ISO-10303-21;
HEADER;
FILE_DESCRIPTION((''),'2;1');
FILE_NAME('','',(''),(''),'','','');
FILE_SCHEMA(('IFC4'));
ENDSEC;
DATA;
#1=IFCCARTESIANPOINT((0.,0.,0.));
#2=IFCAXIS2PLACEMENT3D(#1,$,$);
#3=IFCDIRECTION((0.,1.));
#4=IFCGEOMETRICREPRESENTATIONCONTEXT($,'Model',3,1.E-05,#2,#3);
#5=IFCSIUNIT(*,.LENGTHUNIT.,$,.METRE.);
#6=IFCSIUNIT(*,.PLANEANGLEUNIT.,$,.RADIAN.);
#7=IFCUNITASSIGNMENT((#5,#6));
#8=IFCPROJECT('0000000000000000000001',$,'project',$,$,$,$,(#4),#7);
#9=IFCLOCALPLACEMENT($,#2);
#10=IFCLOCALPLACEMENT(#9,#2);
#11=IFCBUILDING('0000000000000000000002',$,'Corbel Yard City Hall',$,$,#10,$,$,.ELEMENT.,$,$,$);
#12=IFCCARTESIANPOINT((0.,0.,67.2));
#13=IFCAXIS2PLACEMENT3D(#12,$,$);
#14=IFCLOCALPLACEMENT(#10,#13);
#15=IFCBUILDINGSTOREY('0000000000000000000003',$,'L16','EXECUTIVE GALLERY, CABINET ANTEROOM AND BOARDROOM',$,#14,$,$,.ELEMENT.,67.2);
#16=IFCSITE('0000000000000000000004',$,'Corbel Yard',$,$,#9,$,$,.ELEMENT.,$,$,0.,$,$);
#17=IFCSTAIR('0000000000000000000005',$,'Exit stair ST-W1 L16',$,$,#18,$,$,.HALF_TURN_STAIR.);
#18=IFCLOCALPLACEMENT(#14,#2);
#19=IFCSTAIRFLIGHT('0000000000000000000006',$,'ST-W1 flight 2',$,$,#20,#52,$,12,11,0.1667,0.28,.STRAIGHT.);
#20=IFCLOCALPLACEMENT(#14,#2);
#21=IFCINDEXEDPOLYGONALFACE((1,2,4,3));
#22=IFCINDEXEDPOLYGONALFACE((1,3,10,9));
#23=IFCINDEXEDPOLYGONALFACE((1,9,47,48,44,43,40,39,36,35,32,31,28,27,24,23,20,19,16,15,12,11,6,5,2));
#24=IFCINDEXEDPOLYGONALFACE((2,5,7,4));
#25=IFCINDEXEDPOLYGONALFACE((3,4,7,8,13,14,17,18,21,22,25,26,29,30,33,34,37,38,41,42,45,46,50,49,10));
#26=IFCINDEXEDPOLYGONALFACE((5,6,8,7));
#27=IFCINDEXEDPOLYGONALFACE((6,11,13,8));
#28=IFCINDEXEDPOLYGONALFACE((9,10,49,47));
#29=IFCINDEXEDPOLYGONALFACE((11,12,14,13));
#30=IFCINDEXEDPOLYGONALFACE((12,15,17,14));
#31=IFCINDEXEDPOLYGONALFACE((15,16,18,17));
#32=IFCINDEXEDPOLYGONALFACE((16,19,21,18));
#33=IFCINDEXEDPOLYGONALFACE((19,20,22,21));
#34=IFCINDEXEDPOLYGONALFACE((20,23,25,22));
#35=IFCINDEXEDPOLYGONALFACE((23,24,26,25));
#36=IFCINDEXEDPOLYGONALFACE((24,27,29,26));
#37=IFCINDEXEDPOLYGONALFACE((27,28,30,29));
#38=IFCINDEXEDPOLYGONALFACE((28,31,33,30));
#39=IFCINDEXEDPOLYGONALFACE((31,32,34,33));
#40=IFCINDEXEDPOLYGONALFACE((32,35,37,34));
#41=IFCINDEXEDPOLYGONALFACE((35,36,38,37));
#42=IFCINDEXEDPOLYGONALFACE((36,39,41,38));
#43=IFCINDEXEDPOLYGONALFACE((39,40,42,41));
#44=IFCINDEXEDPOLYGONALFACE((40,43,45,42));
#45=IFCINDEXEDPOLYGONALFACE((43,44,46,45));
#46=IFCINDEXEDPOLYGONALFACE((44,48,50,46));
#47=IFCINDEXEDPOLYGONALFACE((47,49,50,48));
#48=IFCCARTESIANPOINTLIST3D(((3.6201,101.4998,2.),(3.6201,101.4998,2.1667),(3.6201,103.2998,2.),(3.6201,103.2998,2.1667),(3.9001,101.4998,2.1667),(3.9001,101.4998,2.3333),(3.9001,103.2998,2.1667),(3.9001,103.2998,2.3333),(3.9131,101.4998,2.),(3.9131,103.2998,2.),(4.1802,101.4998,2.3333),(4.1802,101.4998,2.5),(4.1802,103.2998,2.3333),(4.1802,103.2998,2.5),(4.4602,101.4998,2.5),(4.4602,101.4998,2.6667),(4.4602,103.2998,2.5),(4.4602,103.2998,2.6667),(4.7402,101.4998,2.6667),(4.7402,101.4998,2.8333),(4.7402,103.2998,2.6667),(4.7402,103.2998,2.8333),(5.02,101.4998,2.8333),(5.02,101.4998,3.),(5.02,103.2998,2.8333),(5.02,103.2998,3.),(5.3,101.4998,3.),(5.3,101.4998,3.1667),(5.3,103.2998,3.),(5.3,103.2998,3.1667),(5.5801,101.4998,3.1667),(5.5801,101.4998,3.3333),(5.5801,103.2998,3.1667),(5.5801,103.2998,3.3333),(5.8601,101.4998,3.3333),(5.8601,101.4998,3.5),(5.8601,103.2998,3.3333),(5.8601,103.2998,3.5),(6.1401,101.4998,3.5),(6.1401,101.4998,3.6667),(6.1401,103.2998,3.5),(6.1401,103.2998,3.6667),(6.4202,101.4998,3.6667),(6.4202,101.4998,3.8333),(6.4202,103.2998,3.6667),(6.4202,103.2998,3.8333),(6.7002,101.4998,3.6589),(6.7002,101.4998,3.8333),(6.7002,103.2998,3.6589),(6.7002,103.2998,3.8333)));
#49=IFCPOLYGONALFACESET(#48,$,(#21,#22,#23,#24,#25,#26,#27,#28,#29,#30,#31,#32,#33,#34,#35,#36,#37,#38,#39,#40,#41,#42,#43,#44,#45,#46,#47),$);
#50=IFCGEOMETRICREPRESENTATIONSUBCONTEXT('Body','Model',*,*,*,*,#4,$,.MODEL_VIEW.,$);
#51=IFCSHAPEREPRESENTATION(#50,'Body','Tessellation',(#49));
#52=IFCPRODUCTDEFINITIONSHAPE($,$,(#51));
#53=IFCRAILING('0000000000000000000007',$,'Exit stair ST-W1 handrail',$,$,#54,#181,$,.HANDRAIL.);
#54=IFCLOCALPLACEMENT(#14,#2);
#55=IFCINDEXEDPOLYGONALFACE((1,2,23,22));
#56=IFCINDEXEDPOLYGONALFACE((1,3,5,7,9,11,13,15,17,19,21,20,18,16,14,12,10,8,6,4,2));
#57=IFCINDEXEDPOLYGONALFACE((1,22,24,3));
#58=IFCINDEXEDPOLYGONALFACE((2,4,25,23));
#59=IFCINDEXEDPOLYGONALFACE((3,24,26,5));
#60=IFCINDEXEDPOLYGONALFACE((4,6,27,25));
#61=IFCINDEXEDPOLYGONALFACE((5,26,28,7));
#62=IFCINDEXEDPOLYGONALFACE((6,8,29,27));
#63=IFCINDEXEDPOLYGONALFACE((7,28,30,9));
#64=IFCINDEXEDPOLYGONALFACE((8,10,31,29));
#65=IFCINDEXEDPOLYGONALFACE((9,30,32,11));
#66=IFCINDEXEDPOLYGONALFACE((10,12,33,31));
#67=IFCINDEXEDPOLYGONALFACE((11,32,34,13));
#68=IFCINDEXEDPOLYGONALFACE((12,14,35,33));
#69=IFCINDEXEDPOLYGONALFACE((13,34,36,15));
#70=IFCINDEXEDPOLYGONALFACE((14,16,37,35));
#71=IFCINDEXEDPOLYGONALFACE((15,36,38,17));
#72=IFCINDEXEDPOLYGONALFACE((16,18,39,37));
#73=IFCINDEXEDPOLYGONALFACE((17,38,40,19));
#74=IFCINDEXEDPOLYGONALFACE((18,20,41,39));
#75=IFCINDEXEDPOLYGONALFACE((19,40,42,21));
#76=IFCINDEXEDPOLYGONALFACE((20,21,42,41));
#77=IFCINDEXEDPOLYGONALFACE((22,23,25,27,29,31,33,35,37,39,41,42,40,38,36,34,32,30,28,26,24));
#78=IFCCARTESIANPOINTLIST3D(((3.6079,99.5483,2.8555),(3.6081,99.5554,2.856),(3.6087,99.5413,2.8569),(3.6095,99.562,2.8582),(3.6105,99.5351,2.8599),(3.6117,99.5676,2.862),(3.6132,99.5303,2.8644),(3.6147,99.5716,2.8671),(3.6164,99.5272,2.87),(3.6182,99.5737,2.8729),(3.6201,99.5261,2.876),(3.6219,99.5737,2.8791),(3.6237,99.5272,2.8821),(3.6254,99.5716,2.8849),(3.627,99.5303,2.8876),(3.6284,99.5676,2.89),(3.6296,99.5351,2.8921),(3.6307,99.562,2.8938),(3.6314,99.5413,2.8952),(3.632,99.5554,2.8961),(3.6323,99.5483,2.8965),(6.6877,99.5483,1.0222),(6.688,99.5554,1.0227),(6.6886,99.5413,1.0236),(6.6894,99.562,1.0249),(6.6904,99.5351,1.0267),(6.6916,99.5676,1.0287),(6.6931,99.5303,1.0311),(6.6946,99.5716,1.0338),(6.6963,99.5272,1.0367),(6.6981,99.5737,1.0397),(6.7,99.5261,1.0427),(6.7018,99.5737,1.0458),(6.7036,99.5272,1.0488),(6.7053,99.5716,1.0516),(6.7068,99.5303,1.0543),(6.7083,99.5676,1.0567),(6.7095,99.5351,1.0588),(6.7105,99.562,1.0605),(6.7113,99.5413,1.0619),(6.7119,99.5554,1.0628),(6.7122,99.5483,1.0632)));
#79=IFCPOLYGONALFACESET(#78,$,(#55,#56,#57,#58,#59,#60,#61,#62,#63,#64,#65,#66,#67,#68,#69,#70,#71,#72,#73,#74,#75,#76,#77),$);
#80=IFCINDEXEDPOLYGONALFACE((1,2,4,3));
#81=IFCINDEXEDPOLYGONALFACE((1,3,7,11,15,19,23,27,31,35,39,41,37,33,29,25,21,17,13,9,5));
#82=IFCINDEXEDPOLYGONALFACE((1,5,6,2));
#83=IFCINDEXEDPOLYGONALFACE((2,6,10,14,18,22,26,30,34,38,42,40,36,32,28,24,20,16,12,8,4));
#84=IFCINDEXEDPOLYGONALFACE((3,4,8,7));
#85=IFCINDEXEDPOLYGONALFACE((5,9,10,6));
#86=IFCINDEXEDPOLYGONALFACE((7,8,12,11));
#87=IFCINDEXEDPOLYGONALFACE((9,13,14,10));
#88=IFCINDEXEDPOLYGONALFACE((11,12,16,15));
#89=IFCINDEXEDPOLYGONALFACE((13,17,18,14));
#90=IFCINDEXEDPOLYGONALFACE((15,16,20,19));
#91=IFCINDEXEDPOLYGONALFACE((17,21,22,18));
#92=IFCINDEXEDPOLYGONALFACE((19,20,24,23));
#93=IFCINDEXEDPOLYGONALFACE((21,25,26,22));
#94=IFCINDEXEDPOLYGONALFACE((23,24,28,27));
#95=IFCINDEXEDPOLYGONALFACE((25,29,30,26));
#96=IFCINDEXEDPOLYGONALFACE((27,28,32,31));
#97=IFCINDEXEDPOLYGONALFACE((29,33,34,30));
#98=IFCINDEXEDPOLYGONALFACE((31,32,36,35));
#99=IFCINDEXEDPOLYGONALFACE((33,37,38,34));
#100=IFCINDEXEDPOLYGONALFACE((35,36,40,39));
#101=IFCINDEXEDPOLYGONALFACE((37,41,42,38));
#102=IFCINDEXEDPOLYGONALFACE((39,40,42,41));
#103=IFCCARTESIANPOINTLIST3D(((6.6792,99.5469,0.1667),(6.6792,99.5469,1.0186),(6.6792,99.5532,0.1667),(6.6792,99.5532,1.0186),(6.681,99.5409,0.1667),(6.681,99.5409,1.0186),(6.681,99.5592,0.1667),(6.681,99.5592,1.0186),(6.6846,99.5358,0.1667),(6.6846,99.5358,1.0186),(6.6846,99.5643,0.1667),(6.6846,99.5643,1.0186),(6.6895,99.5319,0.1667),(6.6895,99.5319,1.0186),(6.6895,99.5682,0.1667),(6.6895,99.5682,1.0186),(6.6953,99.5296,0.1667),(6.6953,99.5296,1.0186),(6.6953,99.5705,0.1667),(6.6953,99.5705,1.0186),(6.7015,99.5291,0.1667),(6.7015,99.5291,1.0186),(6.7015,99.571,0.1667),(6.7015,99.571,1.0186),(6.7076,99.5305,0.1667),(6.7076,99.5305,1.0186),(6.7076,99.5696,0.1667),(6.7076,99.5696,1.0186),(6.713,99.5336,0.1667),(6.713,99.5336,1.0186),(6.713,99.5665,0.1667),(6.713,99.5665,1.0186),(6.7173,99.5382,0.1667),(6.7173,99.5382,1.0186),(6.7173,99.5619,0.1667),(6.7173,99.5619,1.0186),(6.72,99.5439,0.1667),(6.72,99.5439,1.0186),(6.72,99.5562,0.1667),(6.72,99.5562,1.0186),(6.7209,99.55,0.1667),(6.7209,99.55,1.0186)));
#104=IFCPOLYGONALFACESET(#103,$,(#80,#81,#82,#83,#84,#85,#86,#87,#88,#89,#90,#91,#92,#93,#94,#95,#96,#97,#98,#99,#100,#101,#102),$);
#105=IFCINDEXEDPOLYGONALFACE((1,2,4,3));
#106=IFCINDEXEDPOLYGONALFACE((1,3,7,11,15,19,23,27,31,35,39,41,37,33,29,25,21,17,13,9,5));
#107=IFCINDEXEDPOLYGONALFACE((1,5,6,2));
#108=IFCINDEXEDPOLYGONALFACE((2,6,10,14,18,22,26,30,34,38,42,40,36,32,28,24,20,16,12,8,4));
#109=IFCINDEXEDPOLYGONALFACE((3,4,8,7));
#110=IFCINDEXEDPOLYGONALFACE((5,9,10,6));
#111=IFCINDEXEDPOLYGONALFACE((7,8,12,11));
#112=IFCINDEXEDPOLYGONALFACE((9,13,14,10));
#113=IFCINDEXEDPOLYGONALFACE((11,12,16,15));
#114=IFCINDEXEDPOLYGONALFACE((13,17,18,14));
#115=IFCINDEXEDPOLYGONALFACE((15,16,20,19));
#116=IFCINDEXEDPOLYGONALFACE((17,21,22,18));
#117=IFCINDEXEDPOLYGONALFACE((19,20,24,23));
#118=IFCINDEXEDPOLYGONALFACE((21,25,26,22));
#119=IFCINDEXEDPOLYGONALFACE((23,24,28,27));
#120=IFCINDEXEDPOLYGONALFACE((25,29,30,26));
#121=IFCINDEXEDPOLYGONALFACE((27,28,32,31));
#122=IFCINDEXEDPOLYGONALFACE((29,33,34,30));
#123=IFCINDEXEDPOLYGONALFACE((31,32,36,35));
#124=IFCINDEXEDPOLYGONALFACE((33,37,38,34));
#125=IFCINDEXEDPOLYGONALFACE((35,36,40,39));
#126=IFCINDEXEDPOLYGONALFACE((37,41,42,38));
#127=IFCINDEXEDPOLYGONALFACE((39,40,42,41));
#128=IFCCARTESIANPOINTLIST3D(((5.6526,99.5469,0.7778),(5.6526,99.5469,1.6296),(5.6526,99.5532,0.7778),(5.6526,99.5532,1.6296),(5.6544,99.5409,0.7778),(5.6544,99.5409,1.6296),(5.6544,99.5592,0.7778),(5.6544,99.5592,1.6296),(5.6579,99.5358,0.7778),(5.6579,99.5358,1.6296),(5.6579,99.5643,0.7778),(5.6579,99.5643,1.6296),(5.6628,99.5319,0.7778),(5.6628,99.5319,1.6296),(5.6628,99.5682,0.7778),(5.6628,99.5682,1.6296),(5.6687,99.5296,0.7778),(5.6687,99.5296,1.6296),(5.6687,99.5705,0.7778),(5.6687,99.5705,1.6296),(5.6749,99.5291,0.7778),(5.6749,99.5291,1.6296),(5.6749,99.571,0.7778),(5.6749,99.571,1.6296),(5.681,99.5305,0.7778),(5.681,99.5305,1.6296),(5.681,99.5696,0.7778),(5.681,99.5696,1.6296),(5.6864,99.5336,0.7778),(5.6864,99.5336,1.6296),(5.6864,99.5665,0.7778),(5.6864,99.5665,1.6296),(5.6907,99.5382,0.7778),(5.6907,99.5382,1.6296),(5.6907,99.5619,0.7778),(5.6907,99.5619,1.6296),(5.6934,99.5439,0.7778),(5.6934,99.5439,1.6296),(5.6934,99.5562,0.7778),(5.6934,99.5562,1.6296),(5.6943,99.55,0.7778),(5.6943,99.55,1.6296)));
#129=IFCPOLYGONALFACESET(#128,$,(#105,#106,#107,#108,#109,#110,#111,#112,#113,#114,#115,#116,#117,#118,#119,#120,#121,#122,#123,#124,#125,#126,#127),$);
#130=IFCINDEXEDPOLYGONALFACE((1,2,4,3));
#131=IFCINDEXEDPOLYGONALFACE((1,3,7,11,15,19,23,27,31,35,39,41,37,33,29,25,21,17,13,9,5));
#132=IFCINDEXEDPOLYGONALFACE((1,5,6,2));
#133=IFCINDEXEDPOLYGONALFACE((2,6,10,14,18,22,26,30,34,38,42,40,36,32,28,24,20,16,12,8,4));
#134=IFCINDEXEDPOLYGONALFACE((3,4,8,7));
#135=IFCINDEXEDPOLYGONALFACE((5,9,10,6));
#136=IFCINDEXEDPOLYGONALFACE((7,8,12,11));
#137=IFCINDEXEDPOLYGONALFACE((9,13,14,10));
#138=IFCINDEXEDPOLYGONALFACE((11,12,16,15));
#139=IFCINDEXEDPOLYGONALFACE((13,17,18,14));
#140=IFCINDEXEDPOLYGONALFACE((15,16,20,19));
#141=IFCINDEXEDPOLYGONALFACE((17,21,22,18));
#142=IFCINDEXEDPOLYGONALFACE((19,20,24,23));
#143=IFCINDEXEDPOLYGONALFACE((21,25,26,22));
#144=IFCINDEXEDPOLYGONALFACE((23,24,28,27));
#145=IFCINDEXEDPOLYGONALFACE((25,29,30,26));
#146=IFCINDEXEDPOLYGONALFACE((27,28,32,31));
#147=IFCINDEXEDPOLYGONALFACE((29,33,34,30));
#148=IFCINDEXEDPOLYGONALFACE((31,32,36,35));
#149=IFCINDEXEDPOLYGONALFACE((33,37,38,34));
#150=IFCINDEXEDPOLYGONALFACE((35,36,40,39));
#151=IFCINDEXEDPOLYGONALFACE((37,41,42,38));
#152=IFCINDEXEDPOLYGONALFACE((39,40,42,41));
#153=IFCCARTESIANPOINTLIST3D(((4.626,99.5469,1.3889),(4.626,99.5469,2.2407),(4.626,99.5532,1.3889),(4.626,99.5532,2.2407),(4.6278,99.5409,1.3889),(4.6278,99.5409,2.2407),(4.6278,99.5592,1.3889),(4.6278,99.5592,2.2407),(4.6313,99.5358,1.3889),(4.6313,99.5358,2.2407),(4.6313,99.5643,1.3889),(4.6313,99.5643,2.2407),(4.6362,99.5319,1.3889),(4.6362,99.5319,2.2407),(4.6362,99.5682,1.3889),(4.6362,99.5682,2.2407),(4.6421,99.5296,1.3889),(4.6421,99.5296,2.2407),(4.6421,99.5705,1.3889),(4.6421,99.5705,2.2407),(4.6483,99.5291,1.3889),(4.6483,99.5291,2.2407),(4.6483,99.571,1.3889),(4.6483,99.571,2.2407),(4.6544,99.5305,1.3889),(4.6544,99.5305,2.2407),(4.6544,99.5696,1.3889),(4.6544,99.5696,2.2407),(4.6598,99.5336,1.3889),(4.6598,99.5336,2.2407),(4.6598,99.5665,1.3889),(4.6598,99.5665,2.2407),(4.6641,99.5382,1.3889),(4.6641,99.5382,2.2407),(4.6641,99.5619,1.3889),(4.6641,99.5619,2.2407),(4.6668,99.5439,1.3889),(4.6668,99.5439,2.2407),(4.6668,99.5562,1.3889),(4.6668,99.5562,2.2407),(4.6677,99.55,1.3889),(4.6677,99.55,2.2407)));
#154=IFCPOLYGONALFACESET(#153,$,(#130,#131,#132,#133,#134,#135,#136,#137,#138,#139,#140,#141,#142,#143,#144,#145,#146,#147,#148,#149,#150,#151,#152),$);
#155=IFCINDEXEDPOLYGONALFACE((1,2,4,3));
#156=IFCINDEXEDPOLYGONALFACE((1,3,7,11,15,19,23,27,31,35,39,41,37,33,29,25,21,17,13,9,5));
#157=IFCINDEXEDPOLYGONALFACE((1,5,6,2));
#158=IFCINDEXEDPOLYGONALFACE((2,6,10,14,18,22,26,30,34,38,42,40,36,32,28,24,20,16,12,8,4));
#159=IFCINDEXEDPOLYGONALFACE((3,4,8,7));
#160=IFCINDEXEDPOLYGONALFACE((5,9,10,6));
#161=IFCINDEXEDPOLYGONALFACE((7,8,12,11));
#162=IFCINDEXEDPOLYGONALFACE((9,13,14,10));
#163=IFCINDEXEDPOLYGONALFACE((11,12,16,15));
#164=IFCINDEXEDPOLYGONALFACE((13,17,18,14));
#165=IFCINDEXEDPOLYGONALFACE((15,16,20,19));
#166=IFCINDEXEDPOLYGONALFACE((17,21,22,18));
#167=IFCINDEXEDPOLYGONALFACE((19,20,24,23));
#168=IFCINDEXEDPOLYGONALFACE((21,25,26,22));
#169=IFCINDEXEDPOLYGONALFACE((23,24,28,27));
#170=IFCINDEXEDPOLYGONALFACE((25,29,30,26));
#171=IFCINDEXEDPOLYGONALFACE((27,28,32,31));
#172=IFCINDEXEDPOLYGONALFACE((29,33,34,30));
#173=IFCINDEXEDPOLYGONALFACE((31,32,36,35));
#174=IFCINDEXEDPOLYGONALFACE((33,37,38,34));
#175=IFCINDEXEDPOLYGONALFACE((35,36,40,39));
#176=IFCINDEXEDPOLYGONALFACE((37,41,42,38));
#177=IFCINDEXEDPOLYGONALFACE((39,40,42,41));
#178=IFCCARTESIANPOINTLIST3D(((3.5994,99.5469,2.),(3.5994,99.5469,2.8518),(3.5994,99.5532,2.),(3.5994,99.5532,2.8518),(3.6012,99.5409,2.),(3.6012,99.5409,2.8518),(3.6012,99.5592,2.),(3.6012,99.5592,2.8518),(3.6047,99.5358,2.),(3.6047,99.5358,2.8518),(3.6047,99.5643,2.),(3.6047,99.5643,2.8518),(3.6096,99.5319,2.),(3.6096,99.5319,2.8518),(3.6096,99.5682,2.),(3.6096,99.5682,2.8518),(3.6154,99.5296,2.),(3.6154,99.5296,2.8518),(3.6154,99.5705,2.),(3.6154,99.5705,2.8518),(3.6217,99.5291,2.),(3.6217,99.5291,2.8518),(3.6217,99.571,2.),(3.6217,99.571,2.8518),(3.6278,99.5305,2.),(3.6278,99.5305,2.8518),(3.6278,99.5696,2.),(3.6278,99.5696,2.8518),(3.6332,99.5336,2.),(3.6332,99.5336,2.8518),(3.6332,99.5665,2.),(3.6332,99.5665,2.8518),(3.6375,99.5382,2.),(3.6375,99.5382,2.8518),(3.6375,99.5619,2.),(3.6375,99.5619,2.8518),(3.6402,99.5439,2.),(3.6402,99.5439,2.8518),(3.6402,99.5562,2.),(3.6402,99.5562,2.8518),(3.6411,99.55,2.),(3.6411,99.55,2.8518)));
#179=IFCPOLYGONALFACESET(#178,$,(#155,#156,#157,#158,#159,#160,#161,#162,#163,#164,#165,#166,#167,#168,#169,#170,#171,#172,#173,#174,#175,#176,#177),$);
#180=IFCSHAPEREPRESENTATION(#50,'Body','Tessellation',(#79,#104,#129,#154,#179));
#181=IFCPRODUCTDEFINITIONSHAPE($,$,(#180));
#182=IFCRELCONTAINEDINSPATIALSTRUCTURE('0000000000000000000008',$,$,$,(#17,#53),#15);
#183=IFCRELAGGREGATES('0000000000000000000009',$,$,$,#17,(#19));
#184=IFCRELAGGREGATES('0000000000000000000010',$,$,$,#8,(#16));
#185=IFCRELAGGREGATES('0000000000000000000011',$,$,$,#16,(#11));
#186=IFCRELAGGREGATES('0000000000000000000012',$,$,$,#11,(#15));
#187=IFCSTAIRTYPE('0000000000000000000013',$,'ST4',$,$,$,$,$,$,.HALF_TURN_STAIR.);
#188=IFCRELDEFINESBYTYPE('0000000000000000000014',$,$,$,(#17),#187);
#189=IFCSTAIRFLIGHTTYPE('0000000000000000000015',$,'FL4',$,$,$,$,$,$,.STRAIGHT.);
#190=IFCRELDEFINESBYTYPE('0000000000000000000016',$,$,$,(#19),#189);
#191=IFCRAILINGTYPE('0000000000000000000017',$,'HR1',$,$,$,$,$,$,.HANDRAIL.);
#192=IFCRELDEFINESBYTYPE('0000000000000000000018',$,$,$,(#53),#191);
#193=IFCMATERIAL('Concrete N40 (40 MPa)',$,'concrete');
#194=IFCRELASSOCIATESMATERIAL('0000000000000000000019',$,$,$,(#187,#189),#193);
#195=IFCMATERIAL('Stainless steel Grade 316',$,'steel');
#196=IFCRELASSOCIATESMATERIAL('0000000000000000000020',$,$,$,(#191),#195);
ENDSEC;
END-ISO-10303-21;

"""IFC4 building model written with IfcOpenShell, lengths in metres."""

from ifc_helpers import new_model, si_unit, direction, frame, origin, origin_2d, place, context, subcontext, project, spatial, polyline, circle, outline, extrude, material, type_object, element, aggregate, save


model = new_model("IFC4")

# Units and contexts
model_context = context("Model", 3, precision=1e-05, world=origin(), true_north=direction((0.0, 1.0)))
body_context = subcontext(model_context, "Body", "Model", "MODEL_VIEW")
ifc_project = project(units=[si_unit("LENGTHUNIT", "METRE"), si_unit("PLANEANGLEUNIT", "RADIAN")], contexts=[model_context])

# Site, building, storey
site_placement = place(None, origin())
site = spatial("IfcSite", under=ifc_project, at=site_placement, Name="Corbel Yard", CompositionType="ELEMENT", RefElevation=0.0)
building_placement = place(site_placement, origin())
building = spatial("IfcBuilding", under=site, at=building_placement, Name="Corbel Yard City Hall", CompositionType="ELEMENT")
storey_placement = place(building_placement, frame((0.0, 0.0, 67.2)))
storey = spatial("IfcBuildingStorey", under=building, at=storey_placement, Name="L16", Description="EXECUTIVE GALLERY, CABINET ANTEROOM AND BOARDROOM", CompositionType="ELEMENT", Elevation=67.2)

# Shared definitions
ifc_material_1 = material(Name="Concrete N40 (40 MPa)", Category="concrete")

# Stair, stair flight
stair_type = type_object("IfcStairType", Name="ST4", PredefinedType="HALF_TURN_STAIR", material=ifc_material_1)
stair_placement = place(storey_placement, origin())
stair = element("IfcStair", 1, at=stair_placement, inside=storey, type_object=stair_type, Name="Exit stair ST-W1 L16", PredefinedType="HALF_TURN_STAIR")
stair_flight_type = type_object("IfcStairFlightType", Name="FL4", PredefinedType="STRAIGHT", material=ifc_material_1)
stair_flight_1_placement = place(storey_placement, frame((3.6201, 102.3999, 2.0), z_axis=(0.0, 0.0, 1.0), x_axis=(1.0, 0.0, 0.0)))
stair_flight_1 = element("IfcStairFlight", 2, at=stair_flight_1_placement, type_object=stair_flight_type, Name="ST-W1 flight 2", NumberOfRisers=12, NumberOfTreads=11, PredefinedType="STRAIGHT", RiserHeight=0.1667, TreadLength=0.28, context=body_context, shape_type="SweptSolid", body=[
    extrude(outline(polyline([(0.0, 0.0), (0.0, 0.1667), (0.28, 0.1667), (0.28, 0.3333), (0.5601, 0.3333), (0.5601, 0.5), (0.8401, 0.5), (0.8401, 0.6667), (1.1201, 0.6667), (1.1201, 0.8333), (1.3999, 0.8333), (1.3999, 1.0), (1.6799, 1.0), (1.6799, 1.1667), (1.96, 1.1667), (1.96, 1.3333), (2.24, 1.3333), (2.24, 1.5), (2.52, 1.5), (2.52, 1.6667), (2.8, 1.6667), (2.8, 1.8333), (3.0801, 1.8333), (3.0801, 2.0), (3.0801, 1.6589), (0.293, 0.0), (0.0, 0.0)])), frame((0.0, 0.8999, 0.0), z_axis=(0.0, -1.0, 0.0), x_axis=(1.0, 0.0, 0.0)), (0.0, 0.0, 1.0), 1.8),
])
aggregate(stair, [stair_flight_1])

# Railing
ifc_material_2 = material(Name="Stainless steel Grade 316", Category="steel")
railing_type = type_object("IfcRailingType", Name="HR1", PredefinedType="HANDRAIL", material=ifc_material_2)
for number, where, name in (
    (3, (6.7, 99.55, 0.1667), "Exit stair ST-W1 handrail"),
):
    element("IfcRailing", number, at=place(storey_placement, frame(where)), inside=storey, type_object=railing_type, Name=name, PredefinedType="HANDRAIL", context=body_context, shape_type="SweptSolid", body=[
        extrude(circle(Radius=0.0239, at=origin_2d()), frame((0.0, 0.0, 0.876), z_axis=(-0.859291, 0.0, 0.511487), x_axis=(0.0, -1.0, 0.0)), (0.0, 0.0, 1.0), 3.5842),
        extrude(circle(Radius=0.021, at=origin_2d()), origin(), (0.0, 0.0, 1.0), 0.8518),
        extrude(circle(Radius=0.021, at=origin_2d()), frame((-1.0266, 0.0, 0.6111)), (0.0, 0.0, 1.0), 0.8518),
        extrude(circle(Radius=0.021, at=origin_2d()), frame((-2.0532, 0.0, 1.2222)), (0.0, 0.0, 1.0), 0.8518),
        extrude(circle(Radius=0.021, at=origin_2d()), frame((-3.0798, 0.0, 1.8333)), (0.0, 0.0, 1.0), 0.8518),
    ])

save(model, "model.ifc")
